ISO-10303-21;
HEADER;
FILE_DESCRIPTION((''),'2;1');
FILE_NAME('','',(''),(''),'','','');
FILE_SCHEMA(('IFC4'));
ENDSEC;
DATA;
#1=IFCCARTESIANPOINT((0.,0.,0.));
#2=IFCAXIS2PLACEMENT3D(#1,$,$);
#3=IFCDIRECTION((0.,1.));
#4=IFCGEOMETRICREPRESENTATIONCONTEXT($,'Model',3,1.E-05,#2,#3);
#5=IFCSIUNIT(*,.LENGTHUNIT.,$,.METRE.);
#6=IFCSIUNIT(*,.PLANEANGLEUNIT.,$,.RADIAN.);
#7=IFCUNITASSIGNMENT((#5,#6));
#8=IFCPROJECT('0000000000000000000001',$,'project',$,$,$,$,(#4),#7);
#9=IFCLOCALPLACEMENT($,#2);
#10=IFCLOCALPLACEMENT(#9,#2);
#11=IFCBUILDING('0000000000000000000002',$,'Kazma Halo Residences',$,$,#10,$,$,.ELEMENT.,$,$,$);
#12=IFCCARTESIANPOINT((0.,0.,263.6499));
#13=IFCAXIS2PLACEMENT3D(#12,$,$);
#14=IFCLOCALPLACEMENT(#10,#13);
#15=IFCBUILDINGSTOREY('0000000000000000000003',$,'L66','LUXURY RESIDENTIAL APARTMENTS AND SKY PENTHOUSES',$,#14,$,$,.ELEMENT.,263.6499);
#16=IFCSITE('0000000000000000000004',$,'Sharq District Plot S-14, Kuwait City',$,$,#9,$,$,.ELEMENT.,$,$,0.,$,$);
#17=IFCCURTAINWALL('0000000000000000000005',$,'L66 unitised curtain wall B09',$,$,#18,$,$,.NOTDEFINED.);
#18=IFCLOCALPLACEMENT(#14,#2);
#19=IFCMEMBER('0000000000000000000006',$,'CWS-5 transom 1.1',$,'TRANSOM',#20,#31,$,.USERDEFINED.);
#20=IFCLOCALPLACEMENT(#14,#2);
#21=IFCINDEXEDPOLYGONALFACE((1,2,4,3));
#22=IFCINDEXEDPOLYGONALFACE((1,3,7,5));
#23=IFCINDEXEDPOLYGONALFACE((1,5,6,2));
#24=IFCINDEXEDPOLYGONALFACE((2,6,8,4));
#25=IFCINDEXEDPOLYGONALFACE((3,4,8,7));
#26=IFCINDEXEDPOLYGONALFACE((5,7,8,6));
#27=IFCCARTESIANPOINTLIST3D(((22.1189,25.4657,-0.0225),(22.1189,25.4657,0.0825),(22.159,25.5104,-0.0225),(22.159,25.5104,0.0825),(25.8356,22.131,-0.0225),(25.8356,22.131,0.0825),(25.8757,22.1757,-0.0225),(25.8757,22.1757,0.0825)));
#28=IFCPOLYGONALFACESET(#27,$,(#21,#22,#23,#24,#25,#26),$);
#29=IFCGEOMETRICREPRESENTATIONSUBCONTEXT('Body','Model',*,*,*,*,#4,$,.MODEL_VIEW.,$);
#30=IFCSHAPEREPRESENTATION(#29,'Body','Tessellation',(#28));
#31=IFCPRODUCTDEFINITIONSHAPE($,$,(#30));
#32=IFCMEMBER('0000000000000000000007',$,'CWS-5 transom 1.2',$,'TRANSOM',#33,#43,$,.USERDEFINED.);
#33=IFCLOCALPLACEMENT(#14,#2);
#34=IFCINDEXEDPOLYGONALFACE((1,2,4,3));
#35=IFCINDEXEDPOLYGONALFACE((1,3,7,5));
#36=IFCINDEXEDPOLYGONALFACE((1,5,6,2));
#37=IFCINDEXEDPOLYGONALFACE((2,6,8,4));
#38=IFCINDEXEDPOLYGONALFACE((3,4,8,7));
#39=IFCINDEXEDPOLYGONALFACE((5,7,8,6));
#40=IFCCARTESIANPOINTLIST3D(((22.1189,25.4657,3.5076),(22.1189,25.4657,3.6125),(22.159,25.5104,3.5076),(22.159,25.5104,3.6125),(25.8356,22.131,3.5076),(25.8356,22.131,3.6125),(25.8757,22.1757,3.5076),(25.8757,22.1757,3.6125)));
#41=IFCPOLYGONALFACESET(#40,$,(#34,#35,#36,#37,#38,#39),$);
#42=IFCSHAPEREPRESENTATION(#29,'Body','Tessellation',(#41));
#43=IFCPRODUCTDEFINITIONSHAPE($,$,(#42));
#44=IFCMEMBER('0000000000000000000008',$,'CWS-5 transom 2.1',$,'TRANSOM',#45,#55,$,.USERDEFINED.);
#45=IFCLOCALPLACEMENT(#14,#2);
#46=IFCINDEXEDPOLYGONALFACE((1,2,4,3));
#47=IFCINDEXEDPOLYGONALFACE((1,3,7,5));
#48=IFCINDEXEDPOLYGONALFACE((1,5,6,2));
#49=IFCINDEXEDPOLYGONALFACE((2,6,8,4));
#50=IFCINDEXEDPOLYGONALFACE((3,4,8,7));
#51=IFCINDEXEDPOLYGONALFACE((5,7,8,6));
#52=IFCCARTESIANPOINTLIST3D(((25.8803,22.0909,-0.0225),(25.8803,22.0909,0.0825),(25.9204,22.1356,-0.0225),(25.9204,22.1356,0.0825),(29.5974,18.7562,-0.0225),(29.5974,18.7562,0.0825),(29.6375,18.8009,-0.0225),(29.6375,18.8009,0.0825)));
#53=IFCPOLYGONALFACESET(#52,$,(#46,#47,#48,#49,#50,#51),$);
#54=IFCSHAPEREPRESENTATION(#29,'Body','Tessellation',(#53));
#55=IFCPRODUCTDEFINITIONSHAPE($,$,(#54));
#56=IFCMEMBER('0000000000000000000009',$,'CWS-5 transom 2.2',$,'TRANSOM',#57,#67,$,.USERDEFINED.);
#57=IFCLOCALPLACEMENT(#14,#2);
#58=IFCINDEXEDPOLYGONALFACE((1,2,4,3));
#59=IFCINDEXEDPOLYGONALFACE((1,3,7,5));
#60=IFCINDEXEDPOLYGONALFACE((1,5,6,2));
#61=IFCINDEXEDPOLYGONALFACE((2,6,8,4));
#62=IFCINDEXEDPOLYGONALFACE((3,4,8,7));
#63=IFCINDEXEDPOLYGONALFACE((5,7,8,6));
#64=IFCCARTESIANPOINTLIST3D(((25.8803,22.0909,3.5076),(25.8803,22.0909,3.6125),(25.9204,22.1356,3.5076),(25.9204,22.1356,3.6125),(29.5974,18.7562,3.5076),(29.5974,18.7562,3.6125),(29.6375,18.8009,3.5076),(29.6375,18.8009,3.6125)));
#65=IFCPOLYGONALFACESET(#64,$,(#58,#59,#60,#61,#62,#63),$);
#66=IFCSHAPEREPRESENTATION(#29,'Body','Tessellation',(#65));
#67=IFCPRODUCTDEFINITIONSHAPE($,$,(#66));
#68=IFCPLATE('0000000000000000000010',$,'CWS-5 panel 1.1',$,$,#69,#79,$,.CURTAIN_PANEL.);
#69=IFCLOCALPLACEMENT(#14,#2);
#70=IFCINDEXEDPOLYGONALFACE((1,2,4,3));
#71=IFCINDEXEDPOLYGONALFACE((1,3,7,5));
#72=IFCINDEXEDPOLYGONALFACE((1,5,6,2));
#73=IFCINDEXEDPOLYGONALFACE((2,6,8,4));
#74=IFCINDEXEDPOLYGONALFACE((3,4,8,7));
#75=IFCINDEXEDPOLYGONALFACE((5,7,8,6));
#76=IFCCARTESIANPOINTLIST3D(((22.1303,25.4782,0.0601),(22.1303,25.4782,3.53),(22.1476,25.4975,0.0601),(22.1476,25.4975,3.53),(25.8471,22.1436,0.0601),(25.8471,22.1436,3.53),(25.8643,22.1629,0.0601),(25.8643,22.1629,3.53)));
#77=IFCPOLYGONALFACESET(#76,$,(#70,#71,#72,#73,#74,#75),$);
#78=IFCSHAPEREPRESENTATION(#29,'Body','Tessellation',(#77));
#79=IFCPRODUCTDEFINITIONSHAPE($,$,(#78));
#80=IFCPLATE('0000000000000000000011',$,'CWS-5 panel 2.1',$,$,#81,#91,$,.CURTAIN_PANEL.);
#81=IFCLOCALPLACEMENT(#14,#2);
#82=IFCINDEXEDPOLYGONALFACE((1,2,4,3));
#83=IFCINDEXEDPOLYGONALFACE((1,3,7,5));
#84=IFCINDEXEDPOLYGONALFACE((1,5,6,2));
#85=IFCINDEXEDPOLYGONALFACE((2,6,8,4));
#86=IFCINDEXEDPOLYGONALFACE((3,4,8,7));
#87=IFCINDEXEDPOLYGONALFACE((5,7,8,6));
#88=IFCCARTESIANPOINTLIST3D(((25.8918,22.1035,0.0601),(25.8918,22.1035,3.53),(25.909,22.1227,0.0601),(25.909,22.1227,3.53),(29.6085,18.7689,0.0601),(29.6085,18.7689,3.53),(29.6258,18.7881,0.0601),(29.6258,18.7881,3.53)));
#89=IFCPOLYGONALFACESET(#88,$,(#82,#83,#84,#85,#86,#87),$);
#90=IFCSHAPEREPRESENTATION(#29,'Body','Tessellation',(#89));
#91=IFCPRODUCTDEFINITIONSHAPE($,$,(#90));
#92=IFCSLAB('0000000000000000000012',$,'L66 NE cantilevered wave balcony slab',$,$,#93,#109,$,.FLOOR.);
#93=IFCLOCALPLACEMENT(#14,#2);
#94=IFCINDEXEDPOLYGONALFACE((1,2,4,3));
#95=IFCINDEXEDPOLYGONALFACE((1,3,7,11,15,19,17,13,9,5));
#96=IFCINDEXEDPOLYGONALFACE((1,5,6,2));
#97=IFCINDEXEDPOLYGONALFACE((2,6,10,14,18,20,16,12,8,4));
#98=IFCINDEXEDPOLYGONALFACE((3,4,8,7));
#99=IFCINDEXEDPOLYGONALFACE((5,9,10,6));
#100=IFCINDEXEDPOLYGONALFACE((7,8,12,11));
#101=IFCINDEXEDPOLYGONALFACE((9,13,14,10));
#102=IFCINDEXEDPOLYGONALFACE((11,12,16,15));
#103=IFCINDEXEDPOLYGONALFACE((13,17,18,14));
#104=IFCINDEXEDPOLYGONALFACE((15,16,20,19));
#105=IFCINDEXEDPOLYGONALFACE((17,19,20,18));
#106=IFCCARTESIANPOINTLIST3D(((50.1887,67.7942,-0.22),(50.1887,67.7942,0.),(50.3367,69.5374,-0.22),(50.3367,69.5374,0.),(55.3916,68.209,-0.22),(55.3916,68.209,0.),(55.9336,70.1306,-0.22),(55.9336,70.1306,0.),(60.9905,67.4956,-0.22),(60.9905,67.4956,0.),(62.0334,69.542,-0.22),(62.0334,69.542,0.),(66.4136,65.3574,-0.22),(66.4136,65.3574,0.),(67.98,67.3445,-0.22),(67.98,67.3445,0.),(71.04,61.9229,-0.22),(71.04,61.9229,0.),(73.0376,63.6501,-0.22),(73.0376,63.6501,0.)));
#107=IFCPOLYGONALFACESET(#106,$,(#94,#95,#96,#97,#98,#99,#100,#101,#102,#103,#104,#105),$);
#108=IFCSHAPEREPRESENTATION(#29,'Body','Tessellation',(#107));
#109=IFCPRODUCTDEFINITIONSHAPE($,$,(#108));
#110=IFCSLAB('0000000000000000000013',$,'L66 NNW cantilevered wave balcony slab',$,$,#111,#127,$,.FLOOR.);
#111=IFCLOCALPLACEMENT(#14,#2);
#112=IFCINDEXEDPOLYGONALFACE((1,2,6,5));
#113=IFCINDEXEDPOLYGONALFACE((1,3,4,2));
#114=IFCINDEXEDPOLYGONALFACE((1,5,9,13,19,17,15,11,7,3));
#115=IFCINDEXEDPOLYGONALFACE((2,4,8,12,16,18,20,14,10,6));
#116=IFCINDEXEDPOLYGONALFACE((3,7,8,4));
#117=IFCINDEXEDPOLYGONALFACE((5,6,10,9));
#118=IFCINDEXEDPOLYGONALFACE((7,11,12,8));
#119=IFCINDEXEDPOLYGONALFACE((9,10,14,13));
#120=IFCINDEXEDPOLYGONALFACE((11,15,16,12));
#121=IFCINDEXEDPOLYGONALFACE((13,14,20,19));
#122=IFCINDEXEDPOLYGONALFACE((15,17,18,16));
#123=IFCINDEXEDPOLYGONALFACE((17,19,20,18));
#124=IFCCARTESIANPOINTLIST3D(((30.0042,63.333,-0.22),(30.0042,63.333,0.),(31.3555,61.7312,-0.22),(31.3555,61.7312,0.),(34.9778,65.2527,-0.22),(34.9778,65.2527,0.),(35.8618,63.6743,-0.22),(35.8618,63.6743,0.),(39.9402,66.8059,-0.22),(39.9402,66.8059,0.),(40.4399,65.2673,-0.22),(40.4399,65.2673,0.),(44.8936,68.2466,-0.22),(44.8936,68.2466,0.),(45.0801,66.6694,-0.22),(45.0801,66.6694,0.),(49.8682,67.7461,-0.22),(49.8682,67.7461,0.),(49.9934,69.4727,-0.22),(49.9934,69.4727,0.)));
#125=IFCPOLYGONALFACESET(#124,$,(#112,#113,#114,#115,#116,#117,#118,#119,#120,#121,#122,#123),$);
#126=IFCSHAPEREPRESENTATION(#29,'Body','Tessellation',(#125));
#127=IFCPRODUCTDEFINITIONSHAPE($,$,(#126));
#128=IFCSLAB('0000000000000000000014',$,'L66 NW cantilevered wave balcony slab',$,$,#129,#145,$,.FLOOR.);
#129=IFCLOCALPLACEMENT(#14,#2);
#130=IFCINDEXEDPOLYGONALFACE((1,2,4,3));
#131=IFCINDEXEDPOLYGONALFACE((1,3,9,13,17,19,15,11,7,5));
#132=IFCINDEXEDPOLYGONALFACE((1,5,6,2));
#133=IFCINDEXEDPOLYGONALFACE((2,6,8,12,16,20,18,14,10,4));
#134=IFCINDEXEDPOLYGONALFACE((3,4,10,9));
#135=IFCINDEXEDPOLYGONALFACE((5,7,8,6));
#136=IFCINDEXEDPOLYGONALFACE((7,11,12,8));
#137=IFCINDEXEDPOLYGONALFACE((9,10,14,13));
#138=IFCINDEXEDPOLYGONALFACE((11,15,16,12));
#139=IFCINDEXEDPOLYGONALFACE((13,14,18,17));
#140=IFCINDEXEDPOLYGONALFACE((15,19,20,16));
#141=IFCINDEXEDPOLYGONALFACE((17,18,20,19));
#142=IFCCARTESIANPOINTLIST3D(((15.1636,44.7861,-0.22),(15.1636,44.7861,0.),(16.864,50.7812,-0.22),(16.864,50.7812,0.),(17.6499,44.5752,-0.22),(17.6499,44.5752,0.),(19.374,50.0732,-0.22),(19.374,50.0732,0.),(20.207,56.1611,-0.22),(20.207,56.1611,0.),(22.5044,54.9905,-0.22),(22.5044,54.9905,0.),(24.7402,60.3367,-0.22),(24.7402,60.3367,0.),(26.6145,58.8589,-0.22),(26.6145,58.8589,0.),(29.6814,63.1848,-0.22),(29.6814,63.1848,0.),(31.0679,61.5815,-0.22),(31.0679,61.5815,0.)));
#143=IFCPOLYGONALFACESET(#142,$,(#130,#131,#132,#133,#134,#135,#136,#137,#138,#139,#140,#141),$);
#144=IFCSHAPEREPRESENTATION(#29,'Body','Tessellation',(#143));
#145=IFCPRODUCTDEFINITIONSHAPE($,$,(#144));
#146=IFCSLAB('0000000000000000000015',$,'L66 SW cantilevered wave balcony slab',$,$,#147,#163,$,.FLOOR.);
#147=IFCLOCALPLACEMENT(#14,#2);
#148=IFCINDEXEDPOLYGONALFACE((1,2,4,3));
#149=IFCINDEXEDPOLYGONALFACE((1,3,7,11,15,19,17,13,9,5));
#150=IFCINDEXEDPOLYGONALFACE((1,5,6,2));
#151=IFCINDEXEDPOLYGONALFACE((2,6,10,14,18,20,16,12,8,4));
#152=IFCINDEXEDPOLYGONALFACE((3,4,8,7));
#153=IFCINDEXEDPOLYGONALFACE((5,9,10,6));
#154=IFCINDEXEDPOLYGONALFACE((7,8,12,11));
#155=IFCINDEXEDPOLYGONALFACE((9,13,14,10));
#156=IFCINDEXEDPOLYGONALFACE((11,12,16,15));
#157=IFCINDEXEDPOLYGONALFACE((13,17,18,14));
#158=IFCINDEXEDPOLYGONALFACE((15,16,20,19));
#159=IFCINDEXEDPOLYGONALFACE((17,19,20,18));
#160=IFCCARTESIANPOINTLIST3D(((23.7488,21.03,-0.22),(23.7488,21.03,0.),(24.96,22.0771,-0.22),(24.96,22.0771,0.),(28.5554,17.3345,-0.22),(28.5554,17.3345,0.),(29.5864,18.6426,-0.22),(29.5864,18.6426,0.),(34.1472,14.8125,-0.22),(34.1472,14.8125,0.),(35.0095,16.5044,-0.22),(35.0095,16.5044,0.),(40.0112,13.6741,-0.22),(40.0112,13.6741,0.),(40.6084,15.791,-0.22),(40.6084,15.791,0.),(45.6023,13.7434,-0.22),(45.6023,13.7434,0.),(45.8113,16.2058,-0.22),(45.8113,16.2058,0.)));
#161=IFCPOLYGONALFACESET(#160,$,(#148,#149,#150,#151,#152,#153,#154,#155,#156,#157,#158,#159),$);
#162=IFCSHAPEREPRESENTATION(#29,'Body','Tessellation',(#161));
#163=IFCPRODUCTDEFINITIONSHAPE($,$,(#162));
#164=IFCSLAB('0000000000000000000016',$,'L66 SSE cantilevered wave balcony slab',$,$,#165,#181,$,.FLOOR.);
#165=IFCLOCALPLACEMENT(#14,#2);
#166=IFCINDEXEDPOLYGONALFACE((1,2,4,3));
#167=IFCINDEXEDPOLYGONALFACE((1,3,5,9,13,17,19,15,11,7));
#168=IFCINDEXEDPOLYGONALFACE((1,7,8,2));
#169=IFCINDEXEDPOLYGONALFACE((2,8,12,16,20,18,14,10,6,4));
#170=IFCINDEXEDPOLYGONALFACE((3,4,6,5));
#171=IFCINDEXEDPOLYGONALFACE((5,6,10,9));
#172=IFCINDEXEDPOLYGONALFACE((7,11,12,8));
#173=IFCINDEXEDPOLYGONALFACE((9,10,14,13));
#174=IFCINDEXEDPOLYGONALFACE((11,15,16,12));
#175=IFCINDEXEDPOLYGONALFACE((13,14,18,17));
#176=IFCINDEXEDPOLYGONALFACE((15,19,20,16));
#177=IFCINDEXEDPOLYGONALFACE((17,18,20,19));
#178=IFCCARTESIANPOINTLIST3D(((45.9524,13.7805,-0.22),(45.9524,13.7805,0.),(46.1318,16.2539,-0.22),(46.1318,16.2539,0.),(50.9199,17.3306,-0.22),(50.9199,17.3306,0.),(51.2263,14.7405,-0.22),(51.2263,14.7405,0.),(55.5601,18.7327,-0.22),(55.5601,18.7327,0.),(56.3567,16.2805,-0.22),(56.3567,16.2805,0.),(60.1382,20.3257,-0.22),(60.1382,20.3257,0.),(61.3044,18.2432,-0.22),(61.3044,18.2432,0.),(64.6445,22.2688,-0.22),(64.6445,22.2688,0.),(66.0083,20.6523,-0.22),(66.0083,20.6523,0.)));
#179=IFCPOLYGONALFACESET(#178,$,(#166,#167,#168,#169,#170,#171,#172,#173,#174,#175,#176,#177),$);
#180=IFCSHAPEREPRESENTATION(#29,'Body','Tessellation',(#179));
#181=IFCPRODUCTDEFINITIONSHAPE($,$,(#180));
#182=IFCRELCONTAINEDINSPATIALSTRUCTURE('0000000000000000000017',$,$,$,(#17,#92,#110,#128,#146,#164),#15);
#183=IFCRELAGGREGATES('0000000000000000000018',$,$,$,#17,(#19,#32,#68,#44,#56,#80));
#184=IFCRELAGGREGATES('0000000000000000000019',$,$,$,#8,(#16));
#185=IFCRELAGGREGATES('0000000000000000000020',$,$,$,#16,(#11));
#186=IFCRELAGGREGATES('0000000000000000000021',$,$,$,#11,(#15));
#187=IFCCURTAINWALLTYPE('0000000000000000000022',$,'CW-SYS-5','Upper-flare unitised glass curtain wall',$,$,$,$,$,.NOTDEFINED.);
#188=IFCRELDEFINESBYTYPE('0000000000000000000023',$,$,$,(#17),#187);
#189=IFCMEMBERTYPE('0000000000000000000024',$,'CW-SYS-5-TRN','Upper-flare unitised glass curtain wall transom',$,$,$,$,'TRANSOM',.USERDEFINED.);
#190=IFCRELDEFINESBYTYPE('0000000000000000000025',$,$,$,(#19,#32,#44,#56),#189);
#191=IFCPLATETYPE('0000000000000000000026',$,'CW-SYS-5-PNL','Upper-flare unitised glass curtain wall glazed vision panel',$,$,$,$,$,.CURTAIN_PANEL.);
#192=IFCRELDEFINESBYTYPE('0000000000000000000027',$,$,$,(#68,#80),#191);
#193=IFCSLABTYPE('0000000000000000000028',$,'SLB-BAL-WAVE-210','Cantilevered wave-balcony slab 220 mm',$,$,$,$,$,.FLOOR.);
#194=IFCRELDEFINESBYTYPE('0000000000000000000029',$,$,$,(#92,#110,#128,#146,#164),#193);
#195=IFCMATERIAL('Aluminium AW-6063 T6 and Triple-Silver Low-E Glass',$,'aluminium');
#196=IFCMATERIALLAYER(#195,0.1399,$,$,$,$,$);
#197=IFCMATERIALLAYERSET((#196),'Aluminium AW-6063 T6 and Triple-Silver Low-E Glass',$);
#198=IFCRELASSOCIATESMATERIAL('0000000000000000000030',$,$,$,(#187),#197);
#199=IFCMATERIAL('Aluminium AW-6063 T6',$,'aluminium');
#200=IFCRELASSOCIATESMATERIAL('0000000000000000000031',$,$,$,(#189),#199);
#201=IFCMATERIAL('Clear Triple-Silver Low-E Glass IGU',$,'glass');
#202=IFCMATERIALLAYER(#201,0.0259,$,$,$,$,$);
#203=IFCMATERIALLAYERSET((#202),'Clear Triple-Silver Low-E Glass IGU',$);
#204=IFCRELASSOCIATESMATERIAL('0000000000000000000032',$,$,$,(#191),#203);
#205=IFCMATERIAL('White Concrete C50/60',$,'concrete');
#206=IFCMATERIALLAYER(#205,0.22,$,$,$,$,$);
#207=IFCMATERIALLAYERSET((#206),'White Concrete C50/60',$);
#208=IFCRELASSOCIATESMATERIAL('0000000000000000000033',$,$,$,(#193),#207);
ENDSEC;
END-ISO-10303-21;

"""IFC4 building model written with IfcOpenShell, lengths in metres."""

from ifc_helpers import new_model, si_unit, direction, frame, origin, origin_2d, place, context, subcontext, project, spatial, polyline, rectangle, outline, extrude, material, layer, layer_set, material_profile, profile_set, type_object, element, aggregate, save


model = new_model("IFC4")

# Units and contexts
model_context = context("Model", 3, precision=1e-05, world=origin(), true_north=direction((0.0, 1.0)))
body_context = subcontext(model_context, "Body", "Model", "MODEL_VIEW")
ifc_project = project(units=[si_unit("LENGTHUNIT", "METRE"), si_unit("PLANEANGLEUNIT", "RADIAN")], contexts=[model_context])

# Site, building, storey
site_placement = place(None, origin())
site = spatial("IfcSite", under=ifc_project, at=site_placement, Name="Sharq District Plot S-14, Kuwait City", CompositionType="ELEMENT", RefElevation=0.0)
building_placement = place(site_placement, origin())
building = spatial("IfcBuilding", under=site, at=building_placement, Name="Kazma Halo Residences", CompositionType="ELEMENT")
storey_placement = place(building_placement, frame((0.0, 0.0, 263.6499)))
storey = spatial("IfcBuildingStorey", under=building, at=storey_placement, Name="L66", Description="LUXURY RESIDENTIAL APARTMENTS AND SKY PENTHOUSES", CompositionType="ELEMENT", Elevation=263.6499)

# Curtain wall, members, plates
ifc_material_1 = material(Name="Aluminium AW-6063 T6 and Triple-Silver Low-E Glass", Category="aluminium")
ifc_layer_1 = layer(ifc_material_1, 0.1399)
ifc_layer_set_1 = layer_set([ifc_layer_1], Name="Aluminium AW-6063 T6 and Triple-Silver Low-E Glass")
curtain_wall_type = type_object("IfcCurtainWallType", Name="CW-SYS-5", Description="Upper-flare unitised glass curtain wall", PredefinedType="NOTDEFINED", material=ifc_layer_set_1)
curtain_wall_placement = place(storey_placement, origin())
curtain_wall = element("IfcCurtainWall", 1, at=curtain_wall_placement, inside=storey, type_object=curtain_wall_type, Name="L66 unitised curtain wall B09", PredefinedType="NOTDEFINED")
ifc_material_2 = material(Name="Aluminium AW-6063 T6", Category="aluminium")
ifc_material_profile_1 = material_profile(ifc_material_2, rectangle(XDim=0.0601, YDim=0.105, at=origin_2d()), Name="CWT-60x105")
ifc_profile_set_1 = profile_set([ifc_material_profile_1], Name="Aluminium AW-6063 T6")
member_type_1 = type_object("IfcMemberType", Name="CW-SYS-5-TRN", Description="Upper-flare unitised glass curtain wall transom", ElementType="TRANSOM", PredefinedType="USERDEFINED", material=ifc_profile_set_1)
member_1_placement = place(storey_placement, frame((22.1389, 25.488, 0.03), z_axis=(0.744329, -0.667813, 0.0), x_axis=(0.667813, 0.744329, 0.0)))
member_1 = element("IfcMember", 2, at=member_1_placement, type_object=member_type_1, Name="CWS-5 transom 1.1", ObjectType="TRANSOM", PredefinedType="USERDEFINED", context=body_context, shape_type="SweptSolid", body=[
    extrude(rectangle(XDim=0.0601, YDim=0.105, at=origin_2d()), origin(), (0.0, 0.0, 1.0), 4.9934),
])
member_2_placement = place(storey_placement, frame((22.1389, 25.488, 3.5601), z_axis=(0.744329, -0.667813, 0.0), x_axis=(0.667813, 0.744329, 0.0)))
member_2 = element("IfcMember", 3, at=member_2_placement, type_object=member_type_1, Name="CWS-5 transom 1.2", ObjectType="TRANSOM", PredefinedType="USERDEFINED", context=body_context, shape_type="SweptSolid", body=[
    extrude(rectangle(XDim=0.0601, YDim=0.105, at=origin_2d()), origin(), (0.0, 0.0, 1.0), 4.9934),
])
member_3_placement = place(storey_placement, frame((25.9004, 22.1133, 0.03), z_axis=(0.744351, -0.667789, 0.0), x_axis=(0.667789, 0.744351, 0.0)))
member_3 = element("IfcMember", 4, at=member_3_placement, type_object=member_type_1, Name="CWS-5 transom 2.1", ObjectType="TRANSOM", PredefinedType="USERDEFINED", context=body_context, shape_type="SweptSolid", body=[
    extrude(rectangle(XDim=0.0601, YDim=0.105, at=origin_2d()), origin(), (0.0, 0.0, 1.0), 4.9937),
])
member_4_placement = place(storey_placement, frame((25.9004, 22.1133, 3.5601), z_axis=(0.744351, -0.667789, 0.0), x_axis=(0.667789, 0.744351, 0.0)))
member_4 = element("IfcMember", 5, at=member_4_placement, type_object=member_type_1, Name="CWS-5 transom 2.2", ObjectType="TRANSOM", PredefinedType="USERDEFINED", context=body_context, shape_type="SweptSolid", body=[
    extrude(rectangle(XDim=0.0601, YDim=0.105, at=origin_2d()), origin(), (0.0, 0.0, 1.0), 4.9937),
])
ifc_material_3 = material(Name="Clear Triple-Silver Low-E Glass IGU", Category="glass")
ifc_layer_2 = layer(ifc_material_3, 0.0259)
ifc_layer_set_2 = layer_set([ifc_layer_2], Name="Clear Triple-Silver Low-E Glass IGU")
plate_type = type_object("IfcPlateType", Name="CW-SYS-5-PNL", Description="Upper-flare unitised glass curtain wall glazed vision panel", PredefinedType="CURTAIN_PANEL", material=ifc_layer_set_2)
plate_1_placement = place(storey_placement, frame((23.9973, 23.8206, 0.0601), z_axis=(0.0, 0.0, 1.0), x_axis=(0.744336, -0.667805, 0.0)))
plate_1 = element("IfcPlate", 6, at=plate_1_placement, type_object=plate_type, Name="CWS-5 panel 1.1", PredefinedType="CURTAIN_PANEL", context=body_context, shape_type="SweptSolid", body=[
    extrude(rectangle(XDim=4.9934, YDim=0.0259, at=origin_2d()), origin(), (0.0, 0.0, 1.0), 3.47),
])
plate_2_placement = place(storey_placement, frame((27.7588, 20.4458, 0.0601), z_axis=(0.0, 0.0, 1.0), x_axis=(0.744336, -0.667805, 0.0)))
plate_2 = element("IfcPlate", 7, at=plate_2_placement, type_object=plate_type, Name="CWS-5 panel 2.1", PredefinedType="CURTAIN_PANEL", context=body_context, shape_type="SweptSolid", body=[
    extrude(rectangle(XDim=4.9934, YDim=0.0259, at=origin_2d()), origin(), (0.0, 0.0, 1.0), 3.47),
])
aggregate(curtain_wall, [member_1, member_2, plate_1, member_3, member_4, plate_2])

# Slabs
ifc_material_4 = material(Name="White Concrete C50/60", Category="concrete")
ifc_layer_3 = layer(ifc_material_4, 0.22)
ifc_layer_set_3 = layer_set([ifc_layer_3], Name="White Concrete C50/60")
slab_type_1 = type_object("IfcSlabType", Name="SLB-BAL-WAVE-210", Description="Cantilevered wave-balcony slab 220 mm", PredefinedType="FLOOR", material=ifc_layer_set_3)
slab_1_placement = place(storey_placement, frame((0.0, 0.0, -0.22)))
element("IfcSlab", 8, at=slab_1_placement, inside=storey, type_object=slab_type_1, Name="L66 NE cantilevered wave balcony slab", PredefinedType="FLOOR", context=body_context, shape_type="SweptSolid", body=[
    extrude(outline(polyline([(71.04, 61.9229), (66.4136, 65.3574), (60.9905, 67.4956), (55.3916, 68.209), (50.1887, 67.7942), (50.3367, 69.5374), (55.9336, 70.1306), (62.0334, 69.542), (67.98, 67.3445), (73.0376, 63.6501), (71.04, 61.9229)])), origin(), (0.0, 0.0, 1.0), 0.22),
])
slab_2_placement = place(storey_placement, frame((0.0, 0.0, -0.22)))
element("IfcSlab", 9, at=slab_2_placement, inside=storey, type_object=slab_type_1, Name="L66 NNW cantilevered wave balcony slab", PredefinedType="FLOOR", context=body_context, shape_type="SweptSolid", body=[
    extrude(outline(polyline([(49.8682, 67.7461), (45.0801, 66.6694), (40.4399, 65.2673), (35.8618, 63.6743), (31.3555, 61.7312), (30.0042, 63.333), (34.9778, 65.2527), (39.9402, 66.8059), (44.8936, 68.2466), (49.9934, 69.4727), (49.8682, 67.7461)])), origin(), (0.0, 0.0, 1.0), 0.22),
])
slab_3_placement = place(storey_placement, frame((0.0, 0.0, -0.22)))
element("IfcSlab", 10, at=slab_3_placement, inside=storey, type_object=slab_type_1, Name="L66 NW cantilevered wave balcony slab", PredefinedType="FLOOR", context=body_context, shape_type="SweptSolid", body=[
    extrude(outline(polyline([(31.0679, 61.5815), (26.6145, 58.8589), (22.5044, 54.9905), (19.374, 50.0732), (17.6499, 44.5752), (15.1636, 44.7861), (16.864, 50.7812), (20.207, 56.1611), (24.7402, 60.3367), (29.6814, 63.1848), (31.0679, 61.5815)])), origin(), (0.0, 0.0, 1.0), 0.22),
])
slab_4_placement = place(storey_placement, frame((0.0, 0.0, -0.22)))
element("IfcSlab", 11, at=slab_4_placement, inside=storey, type_object=slab_type_1, Name="L66 SW cantilevered wave balcony slab", PredefinedType="FLOOR", context=body_context, shape_type="SweptSolid", body=[
    extrude(outline(polyline([(24.96, 22.0771), (29.5864, 18.6426), (35.0095, 16.5044), (40.6084, 15.791), (45.8113, 16.2058), (45.6023, 13.7434), (40.0112, 13.6741), (34.1472, 14.8125), (28.5554, 17.3345), (23.7488, 21.03), (24.96, 22.0771)])), origin(), (0.0, 0.0, 1.0), 0.22),
])
slab_5_placement = place(storey_placement, frame((0.0, 0.0, -0.22)))
element("IfcSlab", 12, at=slab_5_placement, inside=storey, type_object=slab_type_1, Name="L66 SSE cantilevered wave balcony slab", PredefinedType="FLOOR", context=body_context, shape_type="SweptSolid", body=[
    extrude(outline(polyline([(46.1318, 16.2539), (50.9199, 17.3306), (55.5601, 18.7327), (60.1382, 20.3257), (64.6445, 22.2688), (66.0083, 20.6523), (61.3044, 18.2432), (56.3567, 16.2805), (51.2263, 14.7405), (45.9524, 13.7805), (46.1318, 16.2539)])), origin(), (0.0, 0.0, 1.0), 0.22),
])

save(model, "model.ifc")
